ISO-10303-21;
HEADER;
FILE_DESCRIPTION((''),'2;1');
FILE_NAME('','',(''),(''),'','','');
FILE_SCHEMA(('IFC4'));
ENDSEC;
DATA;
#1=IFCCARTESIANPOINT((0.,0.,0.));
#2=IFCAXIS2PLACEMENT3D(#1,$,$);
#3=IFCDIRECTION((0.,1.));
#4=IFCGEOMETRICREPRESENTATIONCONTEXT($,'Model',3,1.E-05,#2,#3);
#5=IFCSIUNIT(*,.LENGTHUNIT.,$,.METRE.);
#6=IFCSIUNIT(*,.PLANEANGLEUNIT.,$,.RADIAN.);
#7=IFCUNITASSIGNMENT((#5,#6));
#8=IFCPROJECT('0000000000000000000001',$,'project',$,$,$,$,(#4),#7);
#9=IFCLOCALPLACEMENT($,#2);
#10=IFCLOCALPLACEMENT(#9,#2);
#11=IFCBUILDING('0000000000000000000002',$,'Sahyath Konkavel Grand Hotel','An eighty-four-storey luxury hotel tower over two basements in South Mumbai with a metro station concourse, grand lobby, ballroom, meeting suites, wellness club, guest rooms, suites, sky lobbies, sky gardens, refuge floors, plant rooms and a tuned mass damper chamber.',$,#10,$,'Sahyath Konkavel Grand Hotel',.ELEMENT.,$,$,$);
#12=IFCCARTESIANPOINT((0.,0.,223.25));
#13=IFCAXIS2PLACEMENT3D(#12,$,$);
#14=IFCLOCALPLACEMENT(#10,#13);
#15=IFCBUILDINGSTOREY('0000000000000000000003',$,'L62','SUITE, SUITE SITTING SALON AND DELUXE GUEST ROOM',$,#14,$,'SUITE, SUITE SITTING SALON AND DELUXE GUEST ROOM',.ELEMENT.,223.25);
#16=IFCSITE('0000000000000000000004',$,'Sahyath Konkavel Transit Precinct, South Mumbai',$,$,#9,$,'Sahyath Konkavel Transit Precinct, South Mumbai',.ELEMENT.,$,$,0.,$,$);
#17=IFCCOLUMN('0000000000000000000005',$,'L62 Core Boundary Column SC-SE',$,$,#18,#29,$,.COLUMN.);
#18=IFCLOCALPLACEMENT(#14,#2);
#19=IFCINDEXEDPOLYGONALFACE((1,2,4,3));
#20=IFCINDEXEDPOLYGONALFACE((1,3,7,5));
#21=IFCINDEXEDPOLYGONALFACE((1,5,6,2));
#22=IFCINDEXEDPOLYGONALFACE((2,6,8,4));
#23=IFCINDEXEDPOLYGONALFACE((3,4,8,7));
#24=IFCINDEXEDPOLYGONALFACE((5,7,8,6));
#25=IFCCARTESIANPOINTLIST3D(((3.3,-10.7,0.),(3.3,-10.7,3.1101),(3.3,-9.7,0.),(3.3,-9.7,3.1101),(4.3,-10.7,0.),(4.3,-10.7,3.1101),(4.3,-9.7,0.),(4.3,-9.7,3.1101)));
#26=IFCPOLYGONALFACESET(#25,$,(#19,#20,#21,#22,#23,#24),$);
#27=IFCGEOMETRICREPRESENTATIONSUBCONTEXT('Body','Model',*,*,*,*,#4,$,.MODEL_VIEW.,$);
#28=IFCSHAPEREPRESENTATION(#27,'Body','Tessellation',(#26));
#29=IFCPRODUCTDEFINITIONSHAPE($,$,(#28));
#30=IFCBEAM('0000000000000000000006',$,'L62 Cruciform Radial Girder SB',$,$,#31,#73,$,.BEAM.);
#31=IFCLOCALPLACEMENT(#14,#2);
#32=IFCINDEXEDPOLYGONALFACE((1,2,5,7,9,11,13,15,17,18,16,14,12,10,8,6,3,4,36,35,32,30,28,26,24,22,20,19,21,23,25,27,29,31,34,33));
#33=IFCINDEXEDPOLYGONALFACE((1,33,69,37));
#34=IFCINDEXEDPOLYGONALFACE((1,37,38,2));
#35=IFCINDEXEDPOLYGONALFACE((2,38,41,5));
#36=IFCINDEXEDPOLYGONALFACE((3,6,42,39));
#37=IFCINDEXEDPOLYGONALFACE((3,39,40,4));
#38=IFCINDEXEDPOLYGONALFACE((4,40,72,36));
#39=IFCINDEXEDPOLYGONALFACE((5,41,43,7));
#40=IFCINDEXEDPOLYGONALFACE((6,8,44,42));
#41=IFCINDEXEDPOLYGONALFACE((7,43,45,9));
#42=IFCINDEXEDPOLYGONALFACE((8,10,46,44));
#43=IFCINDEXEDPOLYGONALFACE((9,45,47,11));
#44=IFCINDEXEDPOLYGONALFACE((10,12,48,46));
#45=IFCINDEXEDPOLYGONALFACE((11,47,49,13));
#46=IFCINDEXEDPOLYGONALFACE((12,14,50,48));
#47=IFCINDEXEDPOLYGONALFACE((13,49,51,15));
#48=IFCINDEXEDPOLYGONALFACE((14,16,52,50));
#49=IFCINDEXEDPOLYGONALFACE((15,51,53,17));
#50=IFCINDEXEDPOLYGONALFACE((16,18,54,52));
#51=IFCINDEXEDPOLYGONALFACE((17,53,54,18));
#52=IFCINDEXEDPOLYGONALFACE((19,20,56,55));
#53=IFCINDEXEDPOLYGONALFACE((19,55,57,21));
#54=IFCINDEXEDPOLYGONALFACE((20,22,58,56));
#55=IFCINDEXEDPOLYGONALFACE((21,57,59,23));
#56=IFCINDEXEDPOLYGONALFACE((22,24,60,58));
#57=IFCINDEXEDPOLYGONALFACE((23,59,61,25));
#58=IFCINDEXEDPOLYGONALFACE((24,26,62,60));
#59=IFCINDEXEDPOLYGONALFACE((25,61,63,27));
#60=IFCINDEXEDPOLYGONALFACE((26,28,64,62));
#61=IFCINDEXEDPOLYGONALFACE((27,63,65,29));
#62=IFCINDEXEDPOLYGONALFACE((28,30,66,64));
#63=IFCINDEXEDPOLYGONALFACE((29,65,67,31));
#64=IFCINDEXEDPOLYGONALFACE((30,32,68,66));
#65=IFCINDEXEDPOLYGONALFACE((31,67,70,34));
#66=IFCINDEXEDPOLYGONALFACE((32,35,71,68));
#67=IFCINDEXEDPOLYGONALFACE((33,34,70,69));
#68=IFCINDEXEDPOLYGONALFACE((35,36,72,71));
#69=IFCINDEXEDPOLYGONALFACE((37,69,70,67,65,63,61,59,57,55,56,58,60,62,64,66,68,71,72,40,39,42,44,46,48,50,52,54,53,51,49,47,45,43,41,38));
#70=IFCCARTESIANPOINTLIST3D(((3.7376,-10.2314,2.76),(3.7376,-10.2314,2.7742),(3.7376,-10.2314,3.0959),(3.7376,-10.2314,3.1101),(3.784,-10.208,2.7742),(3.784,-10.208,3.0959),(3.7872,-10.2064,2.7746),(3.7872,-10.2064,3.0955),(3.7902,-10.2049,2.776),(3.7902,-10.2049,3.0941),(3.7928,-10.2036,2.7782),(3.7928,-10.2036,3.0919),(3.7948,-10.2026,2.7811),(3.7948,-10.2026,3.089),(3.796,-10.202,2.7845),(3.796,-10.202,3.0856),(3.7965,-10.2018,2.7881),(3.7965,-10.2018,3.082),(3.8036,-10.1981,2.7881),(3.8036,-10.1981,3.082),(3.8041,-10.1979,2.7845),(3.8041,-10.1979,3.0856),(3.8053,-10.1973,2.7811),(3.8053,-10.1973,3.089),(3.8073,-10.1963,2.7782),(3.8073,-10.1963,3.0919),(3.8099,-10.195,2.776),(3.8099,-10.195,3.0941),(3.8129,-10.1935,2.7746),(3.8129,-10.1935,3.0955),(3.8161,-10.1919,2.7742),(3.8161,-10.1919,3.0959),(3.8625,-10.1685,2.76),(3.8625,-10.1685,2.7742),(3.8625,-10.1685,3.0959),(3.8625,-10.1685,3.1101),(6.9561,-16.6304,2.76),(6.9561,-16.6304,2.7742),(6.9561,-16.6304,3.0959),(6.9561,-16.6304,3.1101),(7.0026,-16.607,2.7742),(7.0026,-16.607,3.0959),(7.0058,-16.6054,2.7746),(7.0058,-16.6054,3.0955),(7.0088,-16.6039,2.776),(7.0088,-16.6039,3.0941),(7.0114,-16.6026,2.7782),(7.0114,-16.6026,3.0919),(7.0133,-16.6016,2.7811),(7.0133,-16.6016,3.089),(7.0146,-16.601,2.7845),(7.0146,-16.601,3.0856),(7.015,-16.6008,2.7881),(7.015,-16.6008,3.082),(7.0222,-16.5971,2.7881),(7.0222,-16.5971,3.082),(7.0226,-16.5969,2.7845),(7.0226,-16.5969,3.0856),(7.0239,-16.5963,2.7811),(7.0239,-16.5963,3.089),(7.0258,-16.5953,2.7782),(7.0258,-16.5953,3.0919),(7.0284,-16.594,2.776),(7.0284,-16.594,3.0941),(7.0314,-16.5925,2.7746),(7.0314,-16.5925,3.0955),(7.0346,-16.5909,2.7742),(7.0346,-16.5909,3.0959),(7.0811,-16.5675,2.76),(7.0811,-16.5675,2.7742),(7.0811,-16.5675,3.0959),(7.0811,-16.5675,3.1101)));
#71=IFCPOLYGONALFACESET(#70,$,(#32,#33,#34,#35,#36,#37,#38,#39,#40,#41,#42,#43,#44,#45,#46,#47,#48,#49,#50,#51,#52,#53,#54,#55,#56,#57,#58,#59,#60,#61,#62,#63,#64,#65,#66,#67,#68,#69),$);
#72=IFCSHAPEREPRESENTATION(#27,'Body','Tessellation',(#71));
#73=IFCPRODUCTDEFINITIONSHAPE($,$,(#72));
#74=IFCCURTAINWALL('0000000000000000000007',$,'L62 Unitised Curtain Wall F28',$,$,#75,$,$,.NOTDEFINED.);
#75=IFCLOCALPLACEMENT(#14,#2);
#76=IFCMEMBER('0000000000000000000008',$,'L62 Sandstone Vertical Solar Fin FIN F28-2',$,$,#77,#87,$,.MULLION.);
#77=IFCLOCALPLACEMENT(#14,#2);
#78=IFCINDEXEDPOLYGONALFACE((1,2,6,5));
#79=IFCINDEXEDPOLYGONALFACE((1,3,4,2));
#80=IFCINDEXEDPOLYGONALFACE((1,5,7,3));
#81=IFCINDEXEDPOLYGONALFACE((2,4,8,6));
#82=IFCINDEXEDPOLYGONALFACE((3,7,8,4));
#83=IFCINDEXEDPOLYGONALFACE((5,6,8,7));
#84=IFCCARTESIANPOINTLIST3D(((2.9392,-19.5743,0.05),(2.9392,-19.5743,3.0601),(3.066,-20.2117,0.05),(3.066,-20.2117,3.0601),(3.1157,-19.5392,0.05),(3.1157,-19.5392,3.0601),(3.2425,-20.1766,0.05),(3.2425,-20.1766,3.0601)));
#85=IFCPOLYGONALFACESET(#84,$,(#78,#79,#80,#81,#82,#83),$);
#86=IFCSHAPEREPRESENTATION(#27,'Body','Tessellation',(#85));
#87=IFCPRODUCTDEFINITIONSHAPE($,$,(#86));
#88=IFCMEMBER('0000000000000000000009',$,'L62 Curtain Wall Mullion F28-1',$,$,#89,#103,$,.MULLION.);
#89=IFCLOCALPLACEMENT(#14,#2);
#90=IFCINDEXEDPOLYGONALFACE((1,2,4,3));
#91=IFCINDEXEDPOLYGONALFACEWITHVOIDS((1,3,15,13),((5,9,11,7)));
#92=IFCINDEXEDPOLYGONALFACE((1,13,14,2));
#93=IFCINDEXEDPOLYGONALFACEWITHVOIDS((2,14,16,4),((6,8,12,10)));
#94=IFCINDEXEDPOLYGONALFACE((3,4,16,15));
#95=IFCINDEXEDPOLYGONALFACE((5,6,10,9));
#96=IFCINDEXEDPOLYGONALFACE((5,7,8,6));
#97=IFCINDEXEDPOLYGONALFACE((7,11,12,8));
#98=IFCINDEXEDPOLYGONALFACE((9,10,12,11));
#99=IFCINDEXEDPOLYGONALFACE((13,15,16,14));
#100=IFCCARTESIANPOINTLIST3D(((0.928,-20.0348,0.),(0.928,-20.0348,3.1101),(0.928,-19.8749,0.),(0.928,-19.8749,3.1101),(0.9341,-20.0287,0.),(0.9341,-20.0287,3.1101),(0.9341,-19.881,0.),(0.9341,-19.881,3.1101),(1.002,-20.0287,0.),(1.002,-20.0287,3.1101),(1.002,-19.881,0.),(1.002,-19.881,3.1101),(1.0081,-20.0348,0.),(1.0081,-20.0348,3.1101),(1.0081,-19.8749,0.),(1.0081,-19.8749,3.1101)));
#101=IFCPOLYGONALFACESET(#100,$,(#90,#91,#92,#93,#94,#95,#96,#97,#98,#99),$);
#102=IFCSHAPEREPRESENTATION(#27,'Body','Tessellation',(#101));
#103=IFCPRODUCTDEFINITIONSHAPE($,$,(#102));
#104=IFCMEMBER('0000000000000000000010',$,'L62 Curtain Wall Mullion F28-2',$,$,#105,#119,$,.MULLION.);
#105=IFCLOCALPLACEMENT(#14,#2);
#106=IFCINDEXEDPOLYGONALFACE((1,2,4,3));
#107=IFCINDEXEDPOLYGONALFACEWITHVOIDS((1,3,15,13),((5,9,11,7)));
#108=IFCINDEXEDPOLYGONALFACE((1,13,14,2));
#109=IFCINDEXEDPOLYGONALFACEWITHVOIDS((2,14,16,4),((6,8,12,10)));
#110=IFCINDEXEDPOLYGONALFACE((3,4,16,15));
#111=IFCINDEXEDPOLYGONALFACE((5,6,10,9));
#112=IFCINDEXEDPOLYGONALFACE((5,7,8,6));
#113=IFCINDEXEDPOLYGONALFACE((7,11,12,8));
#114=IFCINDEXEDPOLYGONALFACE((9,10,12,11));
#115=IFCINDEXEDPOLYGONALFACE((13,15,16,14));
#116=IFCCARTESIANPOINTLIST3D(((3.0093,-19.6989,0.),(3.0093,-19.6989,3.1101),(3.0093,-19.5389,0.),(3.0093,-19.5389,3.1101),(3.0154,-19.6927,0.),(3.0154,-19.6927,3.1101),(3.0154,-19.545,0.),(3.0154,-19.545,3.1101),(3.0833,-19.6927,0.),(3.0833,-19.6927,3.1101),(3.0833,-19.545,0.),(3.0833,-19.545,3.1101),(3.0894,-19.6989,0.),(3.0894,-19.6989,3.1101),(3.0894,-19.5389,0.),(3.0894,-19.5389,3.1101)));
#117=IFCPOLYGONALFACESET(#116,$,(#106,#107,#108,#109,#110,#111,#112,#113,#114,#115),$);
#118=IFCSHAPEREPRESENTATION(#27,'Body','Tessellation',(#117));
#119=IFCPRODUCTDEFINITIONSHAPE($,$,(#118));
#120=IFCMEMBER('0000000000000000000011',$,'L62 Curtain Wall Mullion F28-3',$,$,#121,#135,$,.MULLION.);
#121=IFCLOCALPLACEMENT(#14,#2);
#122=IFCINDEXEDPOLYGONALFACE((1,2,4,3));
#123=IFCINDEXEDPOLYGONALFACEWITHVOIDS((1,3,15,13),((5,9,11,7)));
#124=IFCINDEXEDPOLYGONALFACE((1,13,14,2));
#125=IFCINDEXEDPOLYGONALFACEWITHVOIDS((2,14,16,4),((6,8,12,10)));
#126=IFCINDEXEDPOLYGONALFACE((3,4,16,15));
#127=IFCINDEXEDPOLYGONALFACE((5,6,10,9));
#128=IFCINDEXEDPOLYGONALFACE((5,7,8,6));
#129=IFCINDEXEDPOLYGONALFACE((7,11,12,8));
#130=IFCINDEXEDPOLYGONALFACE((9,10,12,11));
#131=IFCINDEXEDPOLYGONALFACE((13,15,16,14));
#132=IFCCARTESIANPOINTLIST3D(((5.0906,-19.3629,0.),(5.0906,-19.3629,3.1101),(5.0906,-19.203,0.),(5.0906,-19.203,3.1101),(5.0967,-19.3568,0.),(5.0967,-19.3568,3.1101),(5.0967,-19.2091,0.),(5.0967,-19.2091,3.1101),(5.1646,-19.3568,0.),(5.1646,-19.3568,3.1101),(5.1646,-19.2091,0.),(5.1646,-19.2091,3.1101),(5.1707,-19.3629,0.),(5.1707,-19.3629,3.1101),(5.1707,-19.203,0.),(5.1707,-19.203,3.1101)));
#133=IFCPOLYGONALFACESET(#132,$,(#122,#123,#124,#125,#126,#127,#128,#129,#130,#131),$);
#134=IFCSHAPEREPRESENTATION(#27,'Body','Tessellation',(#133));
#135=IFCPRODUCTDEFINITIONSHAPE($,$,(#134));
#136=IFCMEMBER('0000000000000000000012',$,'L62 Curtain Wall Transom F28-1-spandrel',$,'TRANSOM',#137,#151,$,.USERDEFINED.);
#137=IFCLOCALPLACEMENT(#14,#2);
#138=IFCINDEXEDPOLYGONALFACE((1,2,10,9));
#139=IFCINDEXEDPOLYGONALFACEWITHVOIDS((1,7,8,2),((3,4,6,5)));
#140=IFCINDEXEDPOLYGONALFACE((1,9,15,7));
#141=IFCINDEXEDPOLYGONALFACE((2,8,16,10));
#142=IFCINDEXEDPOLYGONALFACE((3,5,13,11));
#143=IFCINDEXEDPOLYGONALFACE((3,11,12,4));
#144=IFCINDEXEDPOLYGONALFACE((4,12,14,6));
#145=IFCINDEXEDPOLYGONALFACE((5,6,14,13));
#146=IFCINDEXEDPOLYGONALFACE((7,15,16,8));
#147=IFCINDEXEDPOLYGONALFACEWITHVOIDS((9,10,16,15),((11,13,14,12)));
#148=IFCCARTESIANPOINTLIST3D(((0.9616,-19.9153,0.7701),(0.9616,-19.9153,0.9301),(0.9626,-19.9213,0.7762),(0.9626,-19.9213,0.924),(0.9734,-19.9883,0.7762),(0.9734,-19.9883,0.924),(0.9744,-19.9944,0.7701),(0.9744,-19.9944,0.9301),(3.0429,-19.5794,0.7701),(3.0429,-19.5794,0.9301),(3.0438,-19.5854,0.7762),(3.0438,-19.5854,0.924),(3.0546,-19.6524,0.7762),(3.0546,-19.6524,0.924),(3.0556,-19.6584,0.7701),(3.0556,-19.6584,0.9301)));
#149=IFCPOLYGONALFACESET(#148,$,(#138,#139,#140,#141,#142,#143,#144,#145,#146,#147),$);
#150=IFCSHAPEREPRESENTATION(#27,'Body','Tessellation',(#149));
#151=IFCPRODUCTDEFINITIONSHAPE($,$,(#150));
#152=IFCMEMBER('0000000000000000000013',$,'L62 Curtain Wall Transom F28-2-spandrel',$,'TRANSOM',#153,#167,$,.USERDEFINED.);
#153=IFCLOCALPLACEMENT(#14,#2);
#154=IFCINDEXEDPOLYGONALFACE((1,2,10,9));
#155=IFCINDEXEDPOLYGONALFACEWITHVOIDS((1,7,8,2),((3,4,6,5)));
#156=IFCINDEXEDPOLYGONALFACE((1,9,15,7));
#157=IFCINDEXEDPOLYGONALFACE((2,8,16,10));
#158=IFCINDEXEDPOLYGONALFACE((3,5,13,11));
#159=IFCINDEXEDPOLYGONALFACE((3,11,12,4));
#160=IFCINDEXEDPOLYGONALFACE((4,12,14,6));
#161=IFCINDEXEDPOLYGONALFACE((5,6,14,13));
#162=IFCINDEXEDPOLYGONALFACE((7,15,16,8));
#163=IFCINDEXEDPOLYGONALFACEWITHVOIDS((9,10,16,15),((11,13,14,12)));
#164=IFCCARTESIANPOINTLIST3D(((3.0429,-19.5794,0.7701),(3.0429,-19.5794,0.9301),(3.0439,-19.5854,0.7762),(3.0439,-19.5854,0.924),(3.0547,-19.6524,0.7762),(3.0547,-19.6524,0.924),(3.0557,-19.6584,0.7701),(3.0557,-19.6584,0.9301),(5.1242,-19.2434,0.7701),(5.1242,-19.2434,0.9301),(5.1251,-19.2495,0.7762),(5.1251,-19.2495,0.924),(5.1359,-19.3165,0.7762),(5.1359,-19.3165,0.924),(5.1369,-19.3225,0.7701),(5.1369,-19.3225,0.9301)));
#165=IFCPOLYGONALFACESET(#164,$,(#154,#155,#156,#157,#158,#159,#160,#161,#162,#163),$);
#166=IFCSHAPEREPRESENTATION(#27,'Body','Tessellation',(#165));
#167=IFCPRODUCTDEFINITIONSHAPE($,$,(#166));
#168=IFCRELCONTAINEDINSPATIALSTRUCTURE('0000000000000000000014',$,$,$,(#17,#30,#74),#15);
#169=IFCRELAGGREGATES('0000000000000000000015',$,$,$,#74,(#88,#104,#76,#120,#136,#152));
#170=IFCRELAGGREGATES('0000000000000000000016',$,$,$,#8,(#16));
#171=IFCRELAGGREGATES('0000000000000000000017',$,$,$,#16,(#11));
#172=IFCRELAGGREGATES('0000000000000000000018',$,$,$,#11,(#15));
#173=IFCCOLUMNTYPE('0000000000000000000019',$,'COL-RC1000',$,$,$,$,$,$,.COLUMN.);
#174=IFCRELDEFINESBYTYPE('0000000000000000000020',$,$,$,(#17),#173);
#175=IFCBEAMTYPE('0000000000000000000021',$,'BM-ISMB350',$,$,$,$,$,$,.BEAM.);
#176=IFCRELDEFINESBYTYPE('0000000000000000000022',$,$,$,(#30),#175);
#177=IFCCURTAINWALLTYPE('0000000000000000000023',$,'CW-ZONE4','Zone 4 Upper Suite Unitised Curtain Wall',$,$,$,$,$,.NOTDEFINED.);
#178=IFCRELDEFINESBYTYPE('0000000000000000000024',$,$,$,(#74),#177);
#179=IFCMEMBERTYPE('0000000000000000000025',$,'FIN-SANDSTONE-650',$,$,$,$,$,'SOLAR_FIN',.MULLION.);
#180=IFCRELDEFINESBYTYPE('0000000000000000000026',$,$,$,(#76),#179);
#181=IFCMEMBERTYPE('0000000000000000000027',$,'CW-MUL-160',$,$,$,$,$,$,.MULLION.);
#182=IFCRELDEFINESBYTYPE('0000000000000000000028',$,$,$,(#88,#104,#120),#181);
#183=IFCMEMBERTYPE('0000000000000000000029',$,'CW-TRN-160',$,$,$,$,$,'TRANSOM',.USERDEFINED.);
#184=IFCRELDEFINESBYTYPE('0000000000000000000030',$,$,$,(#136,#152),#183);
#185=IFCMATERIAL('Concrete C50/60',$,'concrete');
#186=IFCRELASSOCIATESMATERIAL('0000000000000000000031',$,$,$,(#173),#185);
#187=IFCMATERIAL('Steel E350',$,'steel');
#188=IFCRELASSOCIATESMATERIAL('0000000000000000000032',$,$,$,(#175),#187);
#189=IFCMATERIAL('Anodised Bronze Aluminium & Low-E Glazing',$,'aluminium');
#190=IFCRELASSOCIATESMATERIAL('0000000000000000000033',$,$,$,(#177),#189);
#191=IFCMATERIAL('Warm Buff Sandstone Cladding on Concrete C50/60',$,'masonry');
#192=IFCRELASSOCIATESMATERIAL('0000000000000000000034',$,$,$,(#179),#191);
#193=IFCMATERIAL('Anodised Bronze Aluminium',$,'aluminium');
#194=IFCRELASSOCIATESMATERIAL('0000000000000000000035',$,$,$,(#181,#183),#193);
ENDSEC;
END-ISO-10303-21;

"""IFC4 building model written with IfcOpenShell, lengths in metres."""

from ifc_helpers import new_model, si_unit, direction, frame, origin, origin_2d, place, context, subcontext, project, spatial, rectangle, hollow_rectangle, i_section, extrude, source, transform, mapped, material, material_profile, profile_set, type_object, element, aggregate, save


model = new_model("IFC4")

# Units and contexts
model_context = context("Model", 3, precision=1e-05, world=origin(), true_north=direction((0.0, 1.0)))
body_context = subcontext(model_context, "Body", "Model", "MODEL_VIEW")
ifc_project = project(units=[si_unit("LENGTHUNIT", "METRE"), si_unit("PLANEANGLEUNIT", "RADIAN")], contexts=[model_context])

# Site, building, storey
site_placement = place(None, origin())
site = spatial("IfcSite", under=ifc_project, at=site_placement, Name="Sahyath Konkavel Transit Precinct, South Mumbai", LongName="Sahyath Konkavel Transit Precinct, South Mumbai", CompositionType="ELEMENT", RefElevation=0.0)
building_placement = place(site_placement, origin())
building = spatial("IfcBuilding", under=site, at=building_placement, Name="Sahyath Konkavel Grand Hotel", Description="An eighty-four-storey luxury hotel tower over two basements in South Mumbai with a metro station concourse, grand lobby, ballroom, meeting suites, wellness club, guest rooms, suites, sky lobbies, sky gardens, refuge floors, plant rooms and a tuned mass damper chamber.", LongName="Sahyath Konkavel Grand Hotel", CompositionType="ELEMENT")
storey_placement = place(building_placement, frame((0.0, 0.0, 223.25)))
storey = spatial("IfcBuildingStorey", under=building, at=storey_placement, Name="L62", Description="SUITE, SUITE SITTING SALON AND DELUXE GUEST ROOM", LongName="SUITE, SUITE SITTING SALON AND DELUXE GUEST ROOM", CompositionType="ELEMENT", Elevation=223.25)

# Column
ifc_material_1 = material(Name="Concrete C50/60", Category="concrete")
ifc_material_profile_1 = material_profile(ifc_material_1, rectangle(XDim=1.0, YDim=1.0, at=origin_2d()), Name="RC 1000x1000")
ifc_profile_set_1 = profile_set([ifc_material_profile_1], Name="Concrete C50/60")
column_type = type_object("IfcColumnType", Name="COL-RC1000", PredefinedType="COLUMN", material=ifc_profile_set_1)
shared_shape_1 = source(origin(), body_context, "Body", "SweptSolid", [
    extrude(rectangle(XDim=1.0, YDim=1.0, at=origin_2d()), origin(), (0.0, 0.0, 1.0), 3.1101),
])
column_placement = place(storey_placement, frame((3.8, -10.2, 0.0), z_axis=(0.0, 0.0, 1.0), x_axis=(1.0, 0.0, 0.0)))
element("IfcColumn", 1, at=column_placement, inside=storey, type_object=column_type, Name="L62 Core Boundary Column SC-SE", PredefinedType="COLUMN", context=body_context, shape_type="MappedRepresentation", body=[
    mapped(shared_shape_1, transform((0.0, 0.0, 0.0), scale=1.0)),
])

# Beam
ifc_material_2 = material(Name="Steel E350", Category="steel")
ifc_material_profile_2 = material_profile(ifc_material_2, i_section(OverallWidth=0.1399, OverallDepth=0.3501, WebThickness=0.0081, FlangeThickness=0.0142, FilletRadius=0.0139, at=origin_2d()), Name="ISMB 350")
ifc_profile_set_2 = profile_set([ifc_material_profile_2], Name="Steel E350")
beam_type_1 = type_object("IfcBeamType", Name="BM-ISMB350", PredefinedType="BEAM", material=ifc_profile_set_2)
shared_shape_2 = source(origin(), body_context, "Body", "SweptSolid", [
    extrude(i_section(OverallWidth=0.1399, OverallDepth=0.3501, WebThickness=0.0081, FlangeThickness=0.0142, FilletRadius=0.0139, at=origin_2d()), origin(), (0.0, 0.0, 1.0), 7.1628),
])
beam_1_placement = place(storey_placement, frame((3.8, -10.2, 2.9351), z_axis=(0.449339, -0.893361, 0.0), x_axis=(0.893361, 0.449339, 0.0)))
element("IfcBeam", 2, at=beam_1_placement, inside=storey, type_object=beam_type_1, Name="L62 Cruciform Radial Girder SB", PredefinedType="BEAM", context=body_context, shape_type="MappedRepresentation", body=[
    mapped(shared_shape_2, transform((0.0, 0.0, 0.0), scale=1.0)),
])

# Curtain wall, members
ifc_material_3 = material(Name="Anodised Bronze Aluminium & Low-E Glazing", Category="aluminium")
curtain_wall_type = type_object("IfcCurtainWallType", Name="CW-ZONE4", Description="Zone 4 Upper Suite Unitised Curtain Wall", PredefinedType="NOTDEFINED", material=ifc_material_3)
curtain_wall_placement = place(storey_placement, origin())
curtain_wall = element("IfcCurtainWall", 3, at=curtain_wall_placement, inside=storey, type_object=curtain_wall_type, Name="L62 Unitised Curtain Wall F28", PredefinedType="NOTDEFINED")
ifc_material_4 = material(Name="Warm Buff Sandstone Cladding on Concrete C50/60", Category="masonry")
ifc_material_profile_3 = material_profile(ifc_material_4, rectangle(XDim=0.1799, YDim=0.6499, at=origin_2d()), Name="FIN 180x650")
ifc_profile_set_3 = profile_set([ifc_material_profile_3], Name="Warm Buff Sandstone Cladding on Concrete C50/60")
member_type_1 = type_object("IfcMemberType", Name="FIN-SANDSTONE-650", ElementType="SOLAR_FIN", PredefinedType="MULLION", material=ifc_profile_set_3)
shared_shape_3 = source(origin(), body_context, "Body", "SweptSolid", [
    extrude(rectangle(XDim=0.1799, YDim=0.6499, at=origin_2d()), origin(), (0.0, 0.0, 1.0), 3.01),
])
member_1_placement = place(storey_placement, frame((3.0908, -19.8755, 0.05), z_axis=(0.0, 0.0, 1.0), x_axis=(0.980785, 0.19509, 0.0)))
member_1 = element("IfcMember", 4, at=member_1_placement, type_object=member_type_1, Name="L62 Sandstone Vertical Solar Fin FIN F28-2", PredefinedType="MULLION", context=body_context, shape_type="MappedRepresentation", body=[
    mapped(shared_shape_3, transform((0.0, 0.0, 0.0), scale=1.0)),
])
ifc_material_5 = material(Name="Anodised Bronze Aluminium", Category="aluminium")
ifc_material_profile_4 = material_profile(ifc_material_5, hollow_rectangle(XDim=0.0801, YDim=0.1599, WallThickness=0.0061, at=origin_2d()), Name="RHS 160x80x6")
ifc_profile_set_4 = profile_set([ifc_material_profile_4], Name="Anodised Bronze Aluminium")
member_type_2 = type_object("IfcMemberType", Name="CW-MUL-160", PredefinedType="MULLION", material=ifc_profile_set_4)
shared_shape_4 = source(origin(), body_context, "Body", "SweptSolid", [
    extrude(hollow_rectangle(XDim=0.0801, YDim=0.1599, WallThickness=0.0061, at=origin_2d()), origin(), (0.0, 0.0, 1.0), 3.1101),
])
member_2_placement = place(storey_placement, frame((0.968, -19.9548, 0.0), z_axis=(0.0, 0.0, 1.0), x_axis=(1.0, 0.0, 0.0)))
member_2 = element("IfcMember", 5, at=member_2_placement, type_object=member_type_2, Name="L62 Curtain Wall Mullion F28-1", PredefinedType="MULLION", context=body_context, shape_type="MappedRepresentation", body=[
    mapped(shared_shape_4, transform((0.0, 0.0, 0.0), scale=1.0)),
])
member_3_placement = place(storey_placement, frame((3.0493, -19.6189, 0.0), z_axis=(0.0, 0.0, 1.0), x_axis=(1.0, 0.0, 0.0)))
member_3 = element("IfcMember", 6, at=member_3_placement, type_object=member_type_2, Name="L62 Curtain Wall Mullion F28-2", PredefinedType="MULLION", context=body_context, shape_type="MappedRepresentation", body=[
    mapped(shared_shape_4, transform((0.0, 0.0, 0.0), scale=1.0)),
])
member_4_placement = place(storey_placement, frame((5.1306, -19.283, 0.0), z_axis=(0.0, 0.0, 1.0), x_axis=(1.0, 0.0, 0.0)))
member_4 = element("IfcMember", 7, at=member_4_placement, type_object=member_type_2, Name="L62 Curtain Wall Mullion F28-3", PredefinedType="MULLION", context=body_context, shape_type="MappedRepresentation", body=[
    mapped(shared_shape_4, transform((0.0, 0.0, 0.0), scale=1.0)),
])
ifc_material_profile_5 = material_profile(ifc_material_5, hollow_rectangle(XDim=0.0801, YDim=0.1599, WallThickness=0.0061, at=origin_2d()), Name="RHS 160x80x6")
ifc_profile_set_5 = profile_set([ifc_material_profile_5], Name="Anodised Bronze Aluminium")
member_type_3 = type_object("IfcMemberType", Name="CW-TRN-160", ElementType="TRANSOM", PredefinedType="USERDEFINED", material=ifc_profile_set_5)
shared_shape_5 = source(origin(), body_context, "Body", "SweptSolid", [
    extrude(hollow_rectangle(XDim=0.0801, YDim=0.1599, WallThickness=0.0061, at=origin_2d()), origin(), (0.0, 0.0, 1.0), 2.1082),
])
member_5_placement = place(storey_placement, frame((0.968, -19.9548, 0.8501), z_axis=(0.987223, 0.159345, 0.0), x_axis=(-0.159345, 0.987223, 0.0)))
member_5 = element("IfcMember", 8, at=member_5_placement, type_object=member_type_3, Name="L62 Curtain Wall Transom F28-1-spandrel", ObjectType="TRANSOM", PredefinedType="USERDEFINED", context=body_context, shape_type="MappedRepresentation", body=[
    mapped(shared_shape_5, transform((0.0, 0.0, 0.0), scale=1.0)),
])
member_6_placement = place(storey_placement, frame((3.0493, -19.6189, 0.8501), z_axis=(0.987223, 0.159345, 0.0), x_axis=(-0.159345, 0.987223, 0.0)))
member_6 = element("IfcMember", 9, at=member_6_placement, type_object=member_type_3, Name="L62 Curtain Wall Transom F28-2-spandrel", ObjectType="TRANSOM", PredefinedType="USERDEFINED", context=body_context, shape_type="MappedRepresentation", body=[
    mapped(shared_shape_5, transform((0.0, 0.0, 0.0), scale=1.0)),
])

aggregate(curtain_wall, [member_2, member_3, member_1, member_4, member_5, member_6])

save(model, "model.ifc")
